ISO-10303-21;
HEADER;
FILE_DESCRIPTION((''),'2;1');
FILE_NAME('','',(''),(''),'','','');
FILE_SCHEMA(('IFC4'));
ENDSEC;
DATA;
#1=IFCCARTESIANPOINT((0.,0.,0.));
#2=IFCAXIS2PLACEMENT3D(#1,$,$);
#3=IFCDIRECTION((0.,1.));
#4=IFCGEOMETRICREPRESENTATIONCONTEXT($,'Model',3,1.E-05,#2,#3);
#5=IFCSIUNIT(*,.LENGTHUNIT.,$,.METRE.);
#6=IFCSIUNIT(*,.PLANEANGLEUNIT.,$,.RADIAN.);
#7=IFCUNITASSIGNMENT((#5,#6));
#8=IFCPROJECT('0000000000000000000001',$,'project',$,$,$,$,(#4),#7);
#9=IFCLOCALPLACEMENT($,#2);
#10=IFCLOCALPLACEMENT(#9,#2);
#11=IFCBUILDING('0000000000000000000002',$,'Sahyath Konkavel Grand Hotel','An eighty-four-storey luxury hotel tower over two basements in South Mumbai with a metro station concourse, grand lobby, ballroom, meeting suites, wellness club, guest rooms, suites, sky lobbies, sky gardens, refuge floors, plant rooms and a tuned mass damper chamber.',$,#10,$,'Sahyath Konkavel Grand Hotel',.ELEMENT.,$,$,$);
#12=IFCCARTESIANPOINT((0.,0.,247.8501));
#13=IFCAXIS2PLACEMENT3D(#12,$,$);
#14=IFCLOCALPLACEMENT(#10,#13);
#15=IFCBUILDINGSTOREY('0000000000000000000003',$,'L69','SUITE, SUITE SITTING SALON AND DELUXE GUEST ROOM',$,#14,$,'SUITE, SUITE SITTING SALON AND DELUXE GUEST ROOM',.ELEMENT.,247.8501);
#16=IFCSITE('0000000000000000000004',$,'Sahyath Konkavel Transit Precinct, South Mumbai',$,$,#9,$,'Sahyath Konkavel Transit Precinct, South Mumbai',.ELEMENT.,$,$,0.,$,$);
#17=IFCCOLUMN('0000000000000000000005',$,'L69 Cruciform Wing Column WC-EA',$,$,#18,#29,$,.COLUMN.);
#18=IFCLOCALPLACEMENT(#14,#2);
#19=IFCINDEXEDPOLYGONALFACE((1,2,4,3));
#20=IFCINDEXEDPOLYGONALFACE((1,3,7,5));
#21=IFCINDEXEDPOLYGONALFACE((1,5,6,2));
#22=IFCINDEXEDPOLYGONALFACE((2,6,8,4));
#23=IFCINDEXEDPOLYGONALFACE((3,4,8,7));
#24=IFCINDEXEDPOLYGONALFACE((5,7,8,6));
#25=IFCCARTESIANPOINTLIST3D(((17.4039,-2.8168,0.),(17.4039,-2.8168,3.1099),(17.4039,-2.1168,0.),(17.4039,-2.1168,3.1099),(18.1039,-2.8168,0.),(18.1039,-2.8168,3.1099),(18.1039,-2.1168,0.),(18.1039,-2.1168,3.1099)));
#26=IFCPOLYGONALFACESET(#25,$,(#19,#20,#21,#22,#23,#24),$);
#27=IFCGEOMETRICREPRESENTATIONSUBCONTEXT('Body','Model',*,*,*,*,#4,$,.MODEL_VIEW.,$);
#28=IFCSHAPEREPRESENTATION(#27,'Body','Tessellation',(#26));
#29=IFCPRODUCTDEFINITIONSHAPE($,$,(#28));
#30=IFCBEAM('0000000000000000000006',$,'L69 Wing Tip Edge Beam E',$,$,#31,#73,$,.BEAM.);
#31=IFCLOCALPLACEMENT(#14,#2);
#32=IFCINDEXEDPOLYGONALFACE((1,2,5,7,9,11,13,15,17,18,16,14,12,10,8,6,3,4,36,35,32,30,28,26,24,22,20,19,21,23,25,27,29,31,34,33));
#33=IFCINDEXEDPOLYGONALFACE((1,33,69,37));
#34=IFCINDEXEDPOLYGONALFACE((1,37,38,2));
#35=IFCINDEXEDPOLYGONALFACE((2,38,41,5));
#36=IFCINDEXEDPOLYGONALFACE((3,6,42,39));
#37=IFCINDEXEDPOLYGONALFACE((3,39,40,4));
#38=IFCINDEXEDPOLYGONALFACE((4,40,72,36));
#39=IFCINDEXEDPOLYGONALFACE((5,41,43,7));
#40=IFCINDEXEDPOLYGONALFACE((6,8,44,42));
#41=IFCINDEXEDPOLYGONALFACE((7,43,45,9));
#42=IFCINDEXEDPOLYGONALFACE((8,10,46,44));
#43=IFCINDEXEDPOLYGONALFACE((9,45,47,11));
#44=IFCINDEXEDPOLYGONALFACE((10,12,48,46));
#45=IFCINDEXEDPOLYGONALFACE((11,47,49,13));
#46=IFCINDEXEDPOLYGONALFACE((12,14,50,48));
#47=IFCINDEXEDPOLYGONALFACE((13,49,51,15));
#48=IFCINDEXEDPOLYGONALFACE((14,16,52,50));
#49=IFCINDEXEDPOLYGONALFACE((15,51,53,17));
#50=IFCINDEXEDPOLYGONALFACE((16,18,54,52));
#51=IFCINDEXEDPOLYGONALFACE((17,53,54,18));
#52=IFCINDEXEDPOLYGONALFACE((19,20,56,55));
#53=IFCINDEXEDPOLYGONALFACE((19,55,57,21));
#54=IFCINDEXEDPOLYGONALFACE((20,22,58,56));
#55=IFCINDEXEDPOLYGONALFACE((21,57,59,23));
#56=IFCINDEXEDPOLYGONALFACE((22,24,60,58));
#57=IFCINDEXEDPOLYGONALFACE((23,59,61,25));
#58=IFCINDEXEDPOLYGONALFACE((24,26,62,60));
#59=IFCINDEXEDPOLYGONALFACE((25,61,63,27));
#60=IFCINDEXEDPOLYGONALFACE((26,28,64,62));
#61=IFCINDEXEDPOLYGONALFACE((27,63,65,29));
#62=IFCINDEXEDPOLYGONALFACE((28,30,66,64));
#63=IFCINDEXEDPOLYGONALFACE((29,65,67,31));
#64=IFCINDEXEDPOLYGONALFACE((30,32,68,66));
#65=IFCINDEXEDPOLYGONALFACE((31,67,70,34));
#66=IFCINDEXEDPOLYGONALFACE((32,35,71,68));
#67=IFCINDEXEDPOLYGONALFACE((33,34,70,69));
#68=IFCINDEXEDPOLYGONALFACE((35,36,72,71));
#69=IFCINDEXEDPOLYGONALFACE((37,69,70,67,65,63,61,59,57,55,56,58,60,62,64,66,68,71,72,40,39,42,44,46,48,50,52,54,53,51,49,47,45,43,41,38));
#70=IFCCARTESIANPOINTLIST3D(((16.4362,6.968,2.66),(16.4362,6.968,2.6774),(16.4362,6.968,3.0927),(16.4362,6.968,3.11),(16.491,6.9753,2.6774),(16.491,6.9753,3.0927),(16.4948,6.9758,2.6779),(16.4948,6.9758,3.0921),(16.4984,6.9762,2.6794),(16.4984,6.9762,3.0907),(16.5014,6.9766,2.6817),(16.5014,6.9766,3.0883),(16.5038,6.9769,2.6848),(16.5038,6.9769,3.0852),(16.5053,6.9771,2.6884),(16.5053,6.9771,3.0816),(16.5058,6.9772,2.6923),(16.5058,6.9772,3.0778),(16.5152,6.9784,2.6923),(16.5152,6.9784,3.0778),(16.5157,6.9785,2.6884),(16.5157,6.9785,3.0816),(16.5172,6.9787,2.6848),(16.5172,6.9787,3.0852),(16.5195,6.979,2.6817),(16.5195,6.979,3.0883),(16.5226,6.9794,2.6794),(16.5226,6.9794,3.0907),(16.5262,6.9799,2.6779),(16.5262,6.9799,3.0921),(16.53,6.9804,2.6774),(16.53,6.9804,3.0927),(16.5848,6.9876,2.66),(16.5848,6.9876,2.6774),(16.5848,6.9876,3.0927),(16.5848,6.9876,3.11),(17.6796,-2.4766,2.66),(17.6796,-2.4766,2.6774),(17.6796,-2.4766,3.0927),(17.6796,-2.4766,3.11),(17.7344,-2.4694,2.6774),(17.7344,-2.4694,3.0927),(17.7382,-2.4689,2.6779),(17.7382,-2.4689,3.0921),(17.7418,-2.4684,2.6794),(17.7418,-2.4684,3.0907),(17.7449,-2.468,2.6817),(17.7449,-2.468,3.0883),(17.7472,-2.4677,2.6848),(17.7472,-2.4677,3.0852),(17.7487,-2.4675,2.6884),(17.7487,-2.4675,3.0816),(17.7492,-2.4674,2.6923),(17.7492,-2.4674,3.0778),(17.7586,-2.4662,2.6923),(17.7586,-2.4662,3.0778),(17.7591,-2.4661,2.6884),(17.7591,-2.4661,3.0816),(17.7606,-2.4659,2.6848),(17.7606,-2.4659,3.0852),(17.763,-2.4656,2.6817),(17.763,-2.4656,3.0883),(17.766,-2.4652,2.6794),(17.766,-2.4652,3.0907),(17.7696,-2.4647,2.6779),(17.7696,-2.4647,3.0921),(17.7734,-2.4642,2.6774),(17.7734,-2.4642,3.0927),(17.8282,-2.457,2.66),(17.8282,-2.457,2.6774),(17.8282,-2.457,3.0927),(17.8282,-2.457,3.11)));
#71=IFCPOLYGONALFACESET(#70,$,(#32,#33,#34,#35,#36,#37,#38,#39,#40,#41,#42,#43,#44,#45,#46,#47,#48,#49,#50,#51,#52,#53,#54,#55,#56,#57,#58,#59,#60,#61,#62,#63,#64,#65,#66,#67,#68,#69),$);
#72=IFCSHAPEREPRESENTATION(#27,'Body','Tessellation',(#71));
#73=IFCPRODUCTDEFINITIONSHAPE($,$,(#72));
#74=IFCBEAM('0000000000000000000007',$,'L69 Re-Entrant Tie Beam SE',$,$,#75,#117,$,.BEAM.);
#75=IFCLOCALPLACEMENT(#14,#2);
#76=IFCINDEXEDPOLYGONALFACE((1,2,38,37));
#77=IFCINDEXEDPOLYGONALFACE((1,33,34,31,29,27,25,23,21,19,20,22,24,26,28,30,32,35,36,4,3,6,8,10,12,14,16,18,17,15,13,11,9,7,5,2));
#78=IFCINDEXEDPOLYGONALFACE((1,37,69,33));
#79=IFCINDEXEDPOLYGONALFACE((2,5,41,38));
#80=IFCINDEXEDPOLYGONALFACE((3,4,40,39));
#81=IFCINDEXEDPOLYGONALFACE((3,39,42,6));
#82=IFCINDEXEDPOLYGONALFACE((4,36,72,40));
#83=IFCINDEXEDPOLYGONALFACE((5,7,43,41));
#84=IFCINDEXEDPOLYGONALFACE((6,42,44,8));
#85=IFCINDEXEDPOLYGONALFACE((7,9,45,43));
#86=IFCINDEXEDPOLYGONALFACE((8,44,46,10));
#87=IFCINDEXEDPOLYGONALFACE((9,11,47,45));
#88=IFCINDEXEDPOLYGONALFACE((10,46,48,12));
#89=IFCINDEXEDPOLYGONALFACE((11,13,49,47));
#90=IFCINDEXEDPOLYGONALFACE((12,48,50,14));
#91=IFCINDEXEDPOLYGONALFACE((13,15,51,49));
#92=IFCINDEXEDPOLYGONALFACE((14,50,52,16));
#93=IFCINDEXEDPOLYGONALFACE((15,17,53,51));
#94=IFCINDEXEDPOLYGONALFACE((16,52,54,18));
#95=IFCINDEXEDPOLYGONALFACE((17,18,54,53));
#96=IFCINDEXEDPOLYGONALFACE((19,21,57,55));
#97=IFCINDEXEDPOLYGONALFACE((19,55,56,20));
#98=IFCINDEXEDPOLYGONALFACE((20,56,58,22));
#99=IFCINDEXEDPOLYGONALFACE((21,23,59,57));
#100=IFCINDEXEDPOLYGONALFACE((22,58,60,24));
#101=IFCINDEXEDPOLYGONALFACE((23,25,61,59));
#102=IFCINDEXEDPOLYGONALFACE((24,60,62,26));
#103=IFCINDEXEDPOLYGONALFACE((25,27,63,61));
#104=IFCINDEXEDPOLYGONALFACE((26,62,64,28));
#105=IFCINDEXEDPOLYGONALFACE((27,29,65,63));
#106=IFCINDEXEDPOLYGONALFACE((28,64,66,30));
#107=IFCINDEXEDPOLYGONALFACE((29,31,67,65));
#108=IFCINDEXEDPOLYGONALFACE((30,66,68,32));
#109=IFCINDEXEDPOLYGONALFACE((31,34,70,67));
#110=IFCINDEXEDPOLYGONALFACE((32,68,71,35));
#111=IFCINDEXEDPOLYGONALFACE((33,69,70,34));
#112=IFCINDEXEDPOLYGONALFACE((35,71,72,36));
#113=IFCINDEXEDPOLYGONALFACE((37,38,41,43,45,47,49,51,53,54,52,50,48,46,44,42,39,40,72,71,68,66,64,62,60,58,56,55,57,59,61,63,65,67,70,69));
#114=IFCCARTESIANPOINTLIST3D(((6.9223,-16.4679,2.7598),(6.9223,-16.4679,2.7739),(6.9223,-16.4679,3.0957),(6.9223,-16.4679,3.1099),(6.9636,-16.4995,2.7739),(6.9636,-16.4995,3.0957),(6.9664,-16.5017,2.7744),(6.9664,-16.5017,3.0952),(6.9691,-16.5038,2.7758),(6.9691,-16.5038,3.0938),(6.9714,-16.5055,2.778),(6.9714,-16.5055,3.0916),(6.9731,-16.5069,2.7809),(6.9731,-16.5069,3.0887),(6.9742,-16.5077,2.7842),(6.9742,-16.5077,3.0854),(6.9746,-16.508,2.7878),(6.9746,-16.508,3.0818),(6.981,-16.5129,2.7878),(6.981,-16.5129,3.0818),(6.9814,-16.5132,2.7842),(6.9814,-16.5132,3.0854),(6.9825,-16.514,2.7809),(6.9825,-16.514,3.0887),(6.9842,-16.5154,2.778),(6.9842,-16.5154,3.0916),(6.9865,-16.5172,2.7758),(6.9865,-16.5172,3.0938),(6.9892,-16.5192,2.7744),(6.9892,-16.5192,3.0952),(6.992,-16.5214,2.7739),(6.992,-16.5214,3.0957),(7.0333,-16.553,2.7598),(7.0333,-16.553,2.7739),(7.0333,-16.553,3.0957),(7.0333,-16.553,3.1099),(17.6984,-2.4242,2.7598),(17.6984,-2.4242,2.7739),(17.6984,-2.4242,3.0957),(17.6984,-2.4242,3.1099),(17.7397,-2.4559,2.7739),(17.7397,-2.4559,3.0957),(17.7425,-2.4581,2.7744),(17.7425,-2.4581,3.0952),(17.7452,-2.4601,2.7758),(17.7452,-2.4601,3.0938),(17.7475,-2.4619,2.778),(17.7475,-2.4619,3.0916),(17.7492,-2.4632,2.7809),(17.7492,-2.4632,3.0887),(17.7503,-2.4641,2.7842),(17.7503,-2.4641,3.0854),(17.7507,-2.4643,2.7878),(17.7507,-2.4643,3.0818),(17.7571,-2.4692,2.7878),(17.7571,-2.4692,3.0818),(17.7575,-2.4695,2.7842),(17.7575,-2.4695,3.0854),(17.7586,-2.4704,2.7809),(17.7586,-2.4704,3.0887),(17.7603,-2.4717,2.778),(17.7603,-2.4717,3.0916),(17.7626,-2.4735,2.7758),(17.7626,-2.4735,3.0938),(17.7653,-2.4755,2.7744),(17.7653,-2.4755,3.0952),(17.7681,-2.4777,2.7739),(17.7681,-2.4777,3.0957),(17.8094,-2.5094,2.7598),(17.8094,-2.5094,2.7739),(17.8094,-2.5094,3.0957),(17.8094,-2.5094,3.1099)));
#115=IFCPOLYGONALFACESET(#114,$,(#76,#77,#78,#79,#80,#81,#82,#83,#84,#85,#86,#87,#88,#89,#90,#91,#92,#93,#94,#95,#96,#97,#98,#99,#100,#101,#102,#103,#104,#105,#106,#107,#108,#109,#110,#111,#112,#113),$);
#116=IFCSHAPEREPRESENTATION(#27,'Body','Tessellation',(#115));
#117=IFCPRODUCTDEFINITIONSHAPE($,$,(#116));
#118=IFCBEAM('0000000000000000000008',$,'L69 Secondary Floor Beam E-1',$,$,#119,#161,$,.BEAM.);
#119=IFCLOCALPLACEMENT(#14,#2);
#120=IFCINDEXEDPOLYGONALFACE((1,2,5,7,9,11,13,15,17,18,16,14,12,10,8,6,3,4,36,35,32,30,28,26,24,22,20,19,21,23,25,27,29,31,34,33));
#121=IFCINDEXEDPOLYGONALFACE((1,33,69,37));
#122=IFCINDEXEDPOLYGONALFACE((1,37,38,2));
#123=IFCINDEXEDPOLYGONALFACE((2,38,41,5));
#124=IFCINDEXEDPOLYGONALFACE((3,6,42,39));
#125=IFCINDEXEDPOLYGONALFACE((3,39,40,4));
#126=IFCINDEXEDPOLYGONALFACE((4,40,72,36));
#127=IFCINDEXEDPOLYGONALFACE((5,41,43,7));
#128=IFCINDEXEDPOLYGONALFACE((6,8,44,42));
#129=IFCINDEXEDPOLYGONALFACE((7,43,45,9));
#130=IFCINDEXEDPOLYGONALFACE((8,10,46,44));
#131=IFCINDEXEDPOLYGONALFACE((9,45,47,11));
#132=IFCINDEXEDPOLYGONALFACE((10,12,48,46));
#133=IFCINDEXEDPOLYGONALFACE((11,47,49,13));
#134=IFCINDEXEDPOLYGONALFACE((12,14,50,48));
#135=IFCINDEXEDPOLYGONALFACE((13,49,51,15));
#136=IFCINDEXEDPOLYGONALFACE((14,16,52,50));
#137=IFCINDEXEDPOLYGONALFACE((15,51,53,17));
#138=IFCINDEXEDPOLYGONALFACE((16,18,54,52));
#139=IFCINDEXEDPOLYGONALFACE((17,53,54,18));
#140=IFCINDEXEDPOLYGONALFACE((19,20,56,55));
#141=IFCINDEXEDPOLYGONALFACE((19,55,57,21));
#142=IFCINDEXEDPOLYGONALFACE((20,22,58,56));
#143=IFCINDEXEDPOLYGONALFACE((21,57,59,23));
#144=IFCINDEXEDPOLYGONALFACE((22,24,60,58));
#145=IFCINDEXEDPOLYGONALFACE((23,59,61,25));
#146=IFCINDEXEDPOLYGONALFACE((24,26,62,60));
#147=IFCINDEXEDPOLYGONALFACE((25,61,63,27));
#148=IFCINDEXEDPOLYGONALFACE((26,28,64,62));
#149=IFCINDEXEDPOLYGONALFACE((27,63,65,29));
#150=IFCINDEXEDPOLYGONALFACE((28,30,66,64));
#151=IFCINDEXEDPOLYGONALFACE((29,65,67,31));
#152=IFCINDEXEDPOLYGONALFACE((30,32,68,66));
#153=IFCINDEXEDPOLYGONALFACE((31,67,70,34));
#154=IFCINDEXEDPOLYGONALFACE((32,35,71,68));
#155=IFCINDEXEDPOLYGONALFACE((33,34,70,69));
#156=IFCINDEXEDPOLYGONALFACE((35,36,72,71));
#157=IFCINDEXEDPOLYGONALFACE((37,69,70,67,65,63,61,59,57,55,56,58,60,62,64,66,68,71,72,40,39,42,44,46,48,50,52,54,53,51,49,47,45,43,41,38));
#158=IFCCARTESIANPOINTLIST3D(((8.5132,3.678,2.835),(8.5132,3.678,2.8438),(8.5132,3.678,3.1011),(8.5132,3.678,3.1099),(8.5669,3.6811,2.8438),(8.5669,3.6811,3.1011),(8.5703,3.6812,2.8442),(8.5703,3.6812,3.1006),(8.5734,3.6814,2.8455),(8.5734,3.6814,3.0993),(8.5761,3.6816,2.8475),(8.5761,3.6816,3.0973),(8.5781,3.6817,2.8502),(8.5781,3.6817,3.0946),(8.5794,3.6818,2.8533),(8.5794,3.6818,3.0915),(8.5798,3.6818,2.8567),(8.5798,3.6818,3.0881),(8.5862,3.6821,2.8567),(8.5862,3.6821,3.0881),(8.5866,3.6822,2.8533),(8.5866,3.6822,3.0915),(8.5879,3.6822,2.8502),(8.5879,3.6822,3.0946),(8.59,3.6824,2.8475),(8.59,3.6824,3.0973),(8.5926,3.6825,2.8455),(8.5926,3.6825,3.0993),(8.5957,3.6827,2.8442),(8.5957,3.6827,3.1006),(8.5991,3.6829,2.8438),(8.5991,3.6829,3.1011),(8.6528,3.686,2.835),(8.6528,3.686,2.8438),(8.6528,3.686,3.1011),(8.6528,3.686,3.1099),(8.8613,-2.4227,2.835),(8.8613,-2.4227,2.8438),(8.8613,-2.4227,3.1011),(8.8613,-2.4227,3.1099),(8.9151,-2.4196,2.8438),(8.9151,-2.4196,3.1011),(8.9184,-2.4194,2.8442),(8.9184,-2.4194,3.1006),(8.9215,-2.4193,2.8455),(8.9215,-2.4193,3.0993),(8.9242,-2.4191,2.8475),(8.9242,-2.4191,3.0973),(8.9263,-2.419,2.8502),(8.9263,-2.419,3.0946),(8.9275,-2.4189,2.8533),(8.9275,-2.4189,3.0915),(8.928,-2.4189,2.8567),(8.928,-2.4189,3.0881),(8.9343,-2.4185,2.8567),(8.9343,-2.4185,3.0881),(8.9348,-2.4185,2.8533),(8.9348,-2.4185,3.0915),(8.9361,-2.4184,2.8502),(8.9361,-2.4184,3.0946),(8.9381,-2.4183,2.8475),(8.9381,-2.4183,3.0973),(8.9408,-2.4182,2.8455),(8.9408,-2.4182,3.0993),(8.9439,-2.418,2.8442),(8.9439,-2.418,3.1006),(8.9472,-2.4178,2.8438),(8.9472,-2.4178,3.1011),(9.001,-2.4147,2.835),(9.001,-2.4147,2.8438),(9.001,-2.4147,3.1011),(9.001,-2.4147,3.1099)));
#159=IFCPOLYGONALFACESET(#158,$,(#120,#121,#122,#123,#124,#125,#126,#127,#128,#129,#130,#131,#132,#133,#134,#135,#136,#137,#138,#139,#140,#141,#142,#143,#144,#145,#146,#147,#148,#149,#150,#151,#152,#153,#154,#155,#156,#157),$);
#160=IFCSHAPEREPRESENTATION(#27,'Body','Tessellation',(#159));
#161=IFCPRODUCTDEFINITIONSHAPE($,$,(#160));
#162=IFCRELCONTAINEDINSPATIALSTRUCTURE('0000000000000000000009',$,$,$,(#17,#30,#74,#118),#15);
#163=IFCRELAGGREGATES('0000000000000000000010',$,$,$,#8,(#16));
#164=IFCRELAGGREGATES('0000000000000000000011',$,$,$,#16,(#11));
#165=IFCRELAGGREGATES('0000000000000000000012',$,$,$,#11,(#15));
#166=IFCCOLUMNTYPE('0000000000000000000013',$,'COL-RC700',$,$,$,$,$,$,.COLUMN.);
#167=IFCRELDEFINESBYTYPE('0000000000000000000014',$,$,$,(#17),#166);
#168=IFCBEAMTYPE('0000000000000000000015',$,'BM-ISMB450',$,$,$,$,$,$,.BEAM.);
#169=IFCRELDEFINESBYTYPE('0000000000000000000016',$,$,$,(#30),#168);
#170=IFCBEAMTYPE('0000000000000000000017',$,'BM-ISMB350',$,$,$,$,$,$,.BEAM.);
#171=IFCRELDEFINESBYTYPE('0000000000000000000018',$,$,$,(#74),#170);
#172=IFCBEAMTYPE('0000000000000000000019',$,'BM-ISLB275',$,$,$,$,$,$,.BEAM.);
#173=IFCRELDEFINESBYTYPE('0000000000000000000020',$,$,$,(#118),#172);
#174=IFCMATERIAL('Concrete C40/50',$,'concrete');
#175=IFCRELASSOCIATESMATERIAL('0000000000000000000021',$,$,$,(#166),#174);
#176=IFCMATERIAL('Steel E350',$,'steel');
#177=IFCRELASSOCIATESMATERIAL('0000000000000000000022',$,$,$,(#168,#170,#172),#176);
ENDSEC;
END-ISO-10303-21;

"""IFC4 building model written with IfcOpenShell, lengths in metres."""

from ifc_helpers import new_model, si_unit, direction, frame, origin, origin_2d, place, context, subcontext, project, spatial, rectangle, i_section, extrude, source, transform, mapped, material, material_profile, profile_set, type_object, element, save


model = new_model("IFC4")

# Units and contexts
model_context = context("Model", 3, precision=1e-05, world=origin(), true_north=direction((0.0, 1.0)))
body_context = subcontext(model_context, "Body", "Model", "MODEL_VIEW")
ifc_project = project(units=[si_unit("LENGTHUNIT", "METRE"), si_unit("PLANEANGLEUNIT", "RADIAN")], contexts=[model_context])

# Site, building, storey
site_placement = place(None, origin())
site = spatial("IfcSite", under=ifc_project, at=site_placement, Name="Sahyath Konkavel Transit Precinct, South Mumbai", LongName="Sahyath Konkavel Transit Precinct, South Mumbai", CompositionType="ELEMENT", RefElevation=0.0)
building_placement = place(site_placement, origin())
building = spatial("IfcBuilding", under=site, at=building_placement, Name="Sahyath Konkavel Grand Hotel", Description="An eighty-four-storey luxury hotel tower over two basements in South Mumbai with a metro station concourse, grand lobby, ballroom, meeting suites, wellness club, guest rooms, suites, sky lobbies, sky gardens, refuge floors, plant rooms and a tuned mass damper chamber.", LongName="Sahyath Konkavel Grand Hotel", CompositionType="ELEMENT")
storey_placement = place(building_placement, frame((0.0, 0.0, 247.8501)))
storey = spatial("IfcBuildingStorey", under=building, at=storey_placement, Name="L69", Description="SUITE, SUITE SITTING SALON AND DELUXE GUEST ROOM", LongName="SUITE, SUITE SITTING SALON AND DELUXE GUEST ROOM", CompositionType="ELEMENT", Elevation=247.8501)

# Column
ifc_material_1 = material(Name="Concrete C40/50", Category="concrete")
ifc_material_profile_1 = material_profile(ifc_material_1, rectangle(XDim=0.7, YDim=0.7, at=origin_2d()), Name="RC 700x700")
ifc_profile_set_1 = profile_set([ifc_material_profile_1], Name="Concrete C40/50")
column_type = type_object("IfcColumnType", Name="COL-RC700", PredefinedType="COLUMN", material=ifc_profile_set_1)
shared_shape_1 = source(origin(), body_context, "Body", "SweptSolid", [
    extrude(rectangle(XDim=0.7, YDim=0.7, at=origin_2d()), origin(), (0.0, 0.0, 1.0), 3.1099),
])
column_placement = place(storey_placement, frame((17.7539, -2.4668, 0.0), z_axis=(0.0, 0.0, 1.0), x_axis=(1.0, 0.0, 0.0)))
element("IfcColumn", 1, at=column_placement, inside=storey, type_object=column_type, Name="L69 Cruciform Wing Column WC-EA", PredefinedType="COLUMN", context=body_context, shape_type="MappedRepresentation", body=[
    mapped(shared_shape_1, transform((0.0, 0.0, 0.0), scale=1.0)),
])

# Beams
ifc_material_2 = material(Name="Steel E350", Category="steel")
ifc_material_profile_2 = material_profile(ifc_material_2, i_section(OverallWidth=0.1499, OverallDepth=0.45, WebThickness=0.0095, FlangeThickness=0.0173, FilletRadius=0.0149, at=origin_2d()), Name="ISMB 450")
ifc_profile_set_2 = profile_set([ifc_material_profile_2], Name="Steel E350")
beam_type_1 = type_object("IfcBeamType", Name="BM-ISMB450", PredefinedType="BEAM", material=ifc_profile_set_2)
shared_shape_2 = source(origin(), body_context, "Body", "SweptSolid", [
    extrude(i_section(OverallWidth=0.1499, OverallDepth=0.45, WebThickness=0.0095, FlangeThickness=0.0173, FilletRadius=0.0149, at=origin_2d()), origin(), (0.0, 0.0, 1.0), 9.5261),
])
beam_1_placement = place(storey_placement, frame((17.7539, -2.4668, 2.885), z_axis=(-0.130527, 0.991445, 0.0), x_axis=(-0.991445, -0.130527, 0.0)))
element("IfcBeam", 2, at=beam_1_placement, inside=storey, type_object=beam_type_1, Name="L69 Wing Tip Edge Beam E", PredefinedType="BEAM", context=body_context, shape_type="MappedRepresentation", body=[
    mapped(shared_shape_2, transform((0.0, 0.0, 0.0), scale=1.0)),
])
ifc_material_profile_3 = material_profile(ifc_material_2, i_section(OverallWidth=0.1399, OverallDepth=0.3501, WebThickness=0.0081, FlangeThickness=0.0142, FilletRadius=0.0139, at=origin_2d()), Name="ISMB 350")
ifc_profile_set_3 = profile_set([ifc_material_profile_3], Name="Steel E350")
beam_type_2 = type_object("IfcBeamType", Name="BM-ISMB350", PredefinedType="BEAM", material=ifc_profile_set_3)
shared_shape_3 = source(origin(), body_context, "Body", "SweptSolid", [
    extrude(i_section(OverallWidth=0.1399, OverallDepth=0.3501, WebThickness=0.0081, FlangeThickness=0.0142, FilletRadius=0.0139, at=origin_2d()), origin(), (0.0, 0.0, 1.0), 17.7017),
])
beam_2_placement = place(storey_placement, frame((17.7539, -2.4668, 2.9348), z_axis=(-0.608762, -0.793353, 0.0), x_axis=(0.793353, -0.608762, 0.0)))
element("IfcBeam", 3, at=beam_2_placement, inside=storey, type_object=beam_type_2, Name="L69 Re-Entrant Tie Beam SE", PredefinedType="BEAM", context=body_context, shape_type="MappedRepresentation", body=[
    mapped(shared_shape_3, transform((0.0, 0.0, 0.0), scale=1.0)),
])
ifc_material_profile_4 = material_profile(ifc_material_2, i_section(OverallWidth=0.1399, OverallDepth=0.2749, WebThickness=0.0063, FlangeThickness=0.0088, FilletRadius=0.0129, at=origin_2d()), Name="ISLB 275")
ifc_profile_set_4 = profile_set([ifc_material_profile_4], Name="Steel E350")
beam_type_3 = type_object("IfcBeamType", Name="BM-ISLB275", PredefinedType="BEAM", material=ifc_profile_set_4)
shared_shape_4 = source(origin(), body_context, "Body", "SweptSolid", [
    extrude(i_section(OverallWidth=0.1399, OverallDepth=0.2749, WebThickness=0.0063, FlangeThickness=0.0088, FilletRadius=0.0129, at=origin_2d()), origin(), (0.0, 0.0, 1.0), 6.1106),
])
beam_3_placement = place(storey_placement, frame((8.9312, -2.4187, 2.9724), z_axis=(-0.056975, 0.998376, 0.0), x_axis=(-0.998376, -0.056975, 0.0)))
element("IfcBeam", 4, at=beam_3_placement, inside=storey, type_object=beam_type_3, Name="L69 Secondary Floor Beam E-1", PredefinedType="BEAM", context=body_context, shape_type="MappedRepresentation", body=[
    mapped(shared_shape_4, transform((0.0, 0.0, 0.0), scale=1.0)),
])

save(model, "model.ifc")
